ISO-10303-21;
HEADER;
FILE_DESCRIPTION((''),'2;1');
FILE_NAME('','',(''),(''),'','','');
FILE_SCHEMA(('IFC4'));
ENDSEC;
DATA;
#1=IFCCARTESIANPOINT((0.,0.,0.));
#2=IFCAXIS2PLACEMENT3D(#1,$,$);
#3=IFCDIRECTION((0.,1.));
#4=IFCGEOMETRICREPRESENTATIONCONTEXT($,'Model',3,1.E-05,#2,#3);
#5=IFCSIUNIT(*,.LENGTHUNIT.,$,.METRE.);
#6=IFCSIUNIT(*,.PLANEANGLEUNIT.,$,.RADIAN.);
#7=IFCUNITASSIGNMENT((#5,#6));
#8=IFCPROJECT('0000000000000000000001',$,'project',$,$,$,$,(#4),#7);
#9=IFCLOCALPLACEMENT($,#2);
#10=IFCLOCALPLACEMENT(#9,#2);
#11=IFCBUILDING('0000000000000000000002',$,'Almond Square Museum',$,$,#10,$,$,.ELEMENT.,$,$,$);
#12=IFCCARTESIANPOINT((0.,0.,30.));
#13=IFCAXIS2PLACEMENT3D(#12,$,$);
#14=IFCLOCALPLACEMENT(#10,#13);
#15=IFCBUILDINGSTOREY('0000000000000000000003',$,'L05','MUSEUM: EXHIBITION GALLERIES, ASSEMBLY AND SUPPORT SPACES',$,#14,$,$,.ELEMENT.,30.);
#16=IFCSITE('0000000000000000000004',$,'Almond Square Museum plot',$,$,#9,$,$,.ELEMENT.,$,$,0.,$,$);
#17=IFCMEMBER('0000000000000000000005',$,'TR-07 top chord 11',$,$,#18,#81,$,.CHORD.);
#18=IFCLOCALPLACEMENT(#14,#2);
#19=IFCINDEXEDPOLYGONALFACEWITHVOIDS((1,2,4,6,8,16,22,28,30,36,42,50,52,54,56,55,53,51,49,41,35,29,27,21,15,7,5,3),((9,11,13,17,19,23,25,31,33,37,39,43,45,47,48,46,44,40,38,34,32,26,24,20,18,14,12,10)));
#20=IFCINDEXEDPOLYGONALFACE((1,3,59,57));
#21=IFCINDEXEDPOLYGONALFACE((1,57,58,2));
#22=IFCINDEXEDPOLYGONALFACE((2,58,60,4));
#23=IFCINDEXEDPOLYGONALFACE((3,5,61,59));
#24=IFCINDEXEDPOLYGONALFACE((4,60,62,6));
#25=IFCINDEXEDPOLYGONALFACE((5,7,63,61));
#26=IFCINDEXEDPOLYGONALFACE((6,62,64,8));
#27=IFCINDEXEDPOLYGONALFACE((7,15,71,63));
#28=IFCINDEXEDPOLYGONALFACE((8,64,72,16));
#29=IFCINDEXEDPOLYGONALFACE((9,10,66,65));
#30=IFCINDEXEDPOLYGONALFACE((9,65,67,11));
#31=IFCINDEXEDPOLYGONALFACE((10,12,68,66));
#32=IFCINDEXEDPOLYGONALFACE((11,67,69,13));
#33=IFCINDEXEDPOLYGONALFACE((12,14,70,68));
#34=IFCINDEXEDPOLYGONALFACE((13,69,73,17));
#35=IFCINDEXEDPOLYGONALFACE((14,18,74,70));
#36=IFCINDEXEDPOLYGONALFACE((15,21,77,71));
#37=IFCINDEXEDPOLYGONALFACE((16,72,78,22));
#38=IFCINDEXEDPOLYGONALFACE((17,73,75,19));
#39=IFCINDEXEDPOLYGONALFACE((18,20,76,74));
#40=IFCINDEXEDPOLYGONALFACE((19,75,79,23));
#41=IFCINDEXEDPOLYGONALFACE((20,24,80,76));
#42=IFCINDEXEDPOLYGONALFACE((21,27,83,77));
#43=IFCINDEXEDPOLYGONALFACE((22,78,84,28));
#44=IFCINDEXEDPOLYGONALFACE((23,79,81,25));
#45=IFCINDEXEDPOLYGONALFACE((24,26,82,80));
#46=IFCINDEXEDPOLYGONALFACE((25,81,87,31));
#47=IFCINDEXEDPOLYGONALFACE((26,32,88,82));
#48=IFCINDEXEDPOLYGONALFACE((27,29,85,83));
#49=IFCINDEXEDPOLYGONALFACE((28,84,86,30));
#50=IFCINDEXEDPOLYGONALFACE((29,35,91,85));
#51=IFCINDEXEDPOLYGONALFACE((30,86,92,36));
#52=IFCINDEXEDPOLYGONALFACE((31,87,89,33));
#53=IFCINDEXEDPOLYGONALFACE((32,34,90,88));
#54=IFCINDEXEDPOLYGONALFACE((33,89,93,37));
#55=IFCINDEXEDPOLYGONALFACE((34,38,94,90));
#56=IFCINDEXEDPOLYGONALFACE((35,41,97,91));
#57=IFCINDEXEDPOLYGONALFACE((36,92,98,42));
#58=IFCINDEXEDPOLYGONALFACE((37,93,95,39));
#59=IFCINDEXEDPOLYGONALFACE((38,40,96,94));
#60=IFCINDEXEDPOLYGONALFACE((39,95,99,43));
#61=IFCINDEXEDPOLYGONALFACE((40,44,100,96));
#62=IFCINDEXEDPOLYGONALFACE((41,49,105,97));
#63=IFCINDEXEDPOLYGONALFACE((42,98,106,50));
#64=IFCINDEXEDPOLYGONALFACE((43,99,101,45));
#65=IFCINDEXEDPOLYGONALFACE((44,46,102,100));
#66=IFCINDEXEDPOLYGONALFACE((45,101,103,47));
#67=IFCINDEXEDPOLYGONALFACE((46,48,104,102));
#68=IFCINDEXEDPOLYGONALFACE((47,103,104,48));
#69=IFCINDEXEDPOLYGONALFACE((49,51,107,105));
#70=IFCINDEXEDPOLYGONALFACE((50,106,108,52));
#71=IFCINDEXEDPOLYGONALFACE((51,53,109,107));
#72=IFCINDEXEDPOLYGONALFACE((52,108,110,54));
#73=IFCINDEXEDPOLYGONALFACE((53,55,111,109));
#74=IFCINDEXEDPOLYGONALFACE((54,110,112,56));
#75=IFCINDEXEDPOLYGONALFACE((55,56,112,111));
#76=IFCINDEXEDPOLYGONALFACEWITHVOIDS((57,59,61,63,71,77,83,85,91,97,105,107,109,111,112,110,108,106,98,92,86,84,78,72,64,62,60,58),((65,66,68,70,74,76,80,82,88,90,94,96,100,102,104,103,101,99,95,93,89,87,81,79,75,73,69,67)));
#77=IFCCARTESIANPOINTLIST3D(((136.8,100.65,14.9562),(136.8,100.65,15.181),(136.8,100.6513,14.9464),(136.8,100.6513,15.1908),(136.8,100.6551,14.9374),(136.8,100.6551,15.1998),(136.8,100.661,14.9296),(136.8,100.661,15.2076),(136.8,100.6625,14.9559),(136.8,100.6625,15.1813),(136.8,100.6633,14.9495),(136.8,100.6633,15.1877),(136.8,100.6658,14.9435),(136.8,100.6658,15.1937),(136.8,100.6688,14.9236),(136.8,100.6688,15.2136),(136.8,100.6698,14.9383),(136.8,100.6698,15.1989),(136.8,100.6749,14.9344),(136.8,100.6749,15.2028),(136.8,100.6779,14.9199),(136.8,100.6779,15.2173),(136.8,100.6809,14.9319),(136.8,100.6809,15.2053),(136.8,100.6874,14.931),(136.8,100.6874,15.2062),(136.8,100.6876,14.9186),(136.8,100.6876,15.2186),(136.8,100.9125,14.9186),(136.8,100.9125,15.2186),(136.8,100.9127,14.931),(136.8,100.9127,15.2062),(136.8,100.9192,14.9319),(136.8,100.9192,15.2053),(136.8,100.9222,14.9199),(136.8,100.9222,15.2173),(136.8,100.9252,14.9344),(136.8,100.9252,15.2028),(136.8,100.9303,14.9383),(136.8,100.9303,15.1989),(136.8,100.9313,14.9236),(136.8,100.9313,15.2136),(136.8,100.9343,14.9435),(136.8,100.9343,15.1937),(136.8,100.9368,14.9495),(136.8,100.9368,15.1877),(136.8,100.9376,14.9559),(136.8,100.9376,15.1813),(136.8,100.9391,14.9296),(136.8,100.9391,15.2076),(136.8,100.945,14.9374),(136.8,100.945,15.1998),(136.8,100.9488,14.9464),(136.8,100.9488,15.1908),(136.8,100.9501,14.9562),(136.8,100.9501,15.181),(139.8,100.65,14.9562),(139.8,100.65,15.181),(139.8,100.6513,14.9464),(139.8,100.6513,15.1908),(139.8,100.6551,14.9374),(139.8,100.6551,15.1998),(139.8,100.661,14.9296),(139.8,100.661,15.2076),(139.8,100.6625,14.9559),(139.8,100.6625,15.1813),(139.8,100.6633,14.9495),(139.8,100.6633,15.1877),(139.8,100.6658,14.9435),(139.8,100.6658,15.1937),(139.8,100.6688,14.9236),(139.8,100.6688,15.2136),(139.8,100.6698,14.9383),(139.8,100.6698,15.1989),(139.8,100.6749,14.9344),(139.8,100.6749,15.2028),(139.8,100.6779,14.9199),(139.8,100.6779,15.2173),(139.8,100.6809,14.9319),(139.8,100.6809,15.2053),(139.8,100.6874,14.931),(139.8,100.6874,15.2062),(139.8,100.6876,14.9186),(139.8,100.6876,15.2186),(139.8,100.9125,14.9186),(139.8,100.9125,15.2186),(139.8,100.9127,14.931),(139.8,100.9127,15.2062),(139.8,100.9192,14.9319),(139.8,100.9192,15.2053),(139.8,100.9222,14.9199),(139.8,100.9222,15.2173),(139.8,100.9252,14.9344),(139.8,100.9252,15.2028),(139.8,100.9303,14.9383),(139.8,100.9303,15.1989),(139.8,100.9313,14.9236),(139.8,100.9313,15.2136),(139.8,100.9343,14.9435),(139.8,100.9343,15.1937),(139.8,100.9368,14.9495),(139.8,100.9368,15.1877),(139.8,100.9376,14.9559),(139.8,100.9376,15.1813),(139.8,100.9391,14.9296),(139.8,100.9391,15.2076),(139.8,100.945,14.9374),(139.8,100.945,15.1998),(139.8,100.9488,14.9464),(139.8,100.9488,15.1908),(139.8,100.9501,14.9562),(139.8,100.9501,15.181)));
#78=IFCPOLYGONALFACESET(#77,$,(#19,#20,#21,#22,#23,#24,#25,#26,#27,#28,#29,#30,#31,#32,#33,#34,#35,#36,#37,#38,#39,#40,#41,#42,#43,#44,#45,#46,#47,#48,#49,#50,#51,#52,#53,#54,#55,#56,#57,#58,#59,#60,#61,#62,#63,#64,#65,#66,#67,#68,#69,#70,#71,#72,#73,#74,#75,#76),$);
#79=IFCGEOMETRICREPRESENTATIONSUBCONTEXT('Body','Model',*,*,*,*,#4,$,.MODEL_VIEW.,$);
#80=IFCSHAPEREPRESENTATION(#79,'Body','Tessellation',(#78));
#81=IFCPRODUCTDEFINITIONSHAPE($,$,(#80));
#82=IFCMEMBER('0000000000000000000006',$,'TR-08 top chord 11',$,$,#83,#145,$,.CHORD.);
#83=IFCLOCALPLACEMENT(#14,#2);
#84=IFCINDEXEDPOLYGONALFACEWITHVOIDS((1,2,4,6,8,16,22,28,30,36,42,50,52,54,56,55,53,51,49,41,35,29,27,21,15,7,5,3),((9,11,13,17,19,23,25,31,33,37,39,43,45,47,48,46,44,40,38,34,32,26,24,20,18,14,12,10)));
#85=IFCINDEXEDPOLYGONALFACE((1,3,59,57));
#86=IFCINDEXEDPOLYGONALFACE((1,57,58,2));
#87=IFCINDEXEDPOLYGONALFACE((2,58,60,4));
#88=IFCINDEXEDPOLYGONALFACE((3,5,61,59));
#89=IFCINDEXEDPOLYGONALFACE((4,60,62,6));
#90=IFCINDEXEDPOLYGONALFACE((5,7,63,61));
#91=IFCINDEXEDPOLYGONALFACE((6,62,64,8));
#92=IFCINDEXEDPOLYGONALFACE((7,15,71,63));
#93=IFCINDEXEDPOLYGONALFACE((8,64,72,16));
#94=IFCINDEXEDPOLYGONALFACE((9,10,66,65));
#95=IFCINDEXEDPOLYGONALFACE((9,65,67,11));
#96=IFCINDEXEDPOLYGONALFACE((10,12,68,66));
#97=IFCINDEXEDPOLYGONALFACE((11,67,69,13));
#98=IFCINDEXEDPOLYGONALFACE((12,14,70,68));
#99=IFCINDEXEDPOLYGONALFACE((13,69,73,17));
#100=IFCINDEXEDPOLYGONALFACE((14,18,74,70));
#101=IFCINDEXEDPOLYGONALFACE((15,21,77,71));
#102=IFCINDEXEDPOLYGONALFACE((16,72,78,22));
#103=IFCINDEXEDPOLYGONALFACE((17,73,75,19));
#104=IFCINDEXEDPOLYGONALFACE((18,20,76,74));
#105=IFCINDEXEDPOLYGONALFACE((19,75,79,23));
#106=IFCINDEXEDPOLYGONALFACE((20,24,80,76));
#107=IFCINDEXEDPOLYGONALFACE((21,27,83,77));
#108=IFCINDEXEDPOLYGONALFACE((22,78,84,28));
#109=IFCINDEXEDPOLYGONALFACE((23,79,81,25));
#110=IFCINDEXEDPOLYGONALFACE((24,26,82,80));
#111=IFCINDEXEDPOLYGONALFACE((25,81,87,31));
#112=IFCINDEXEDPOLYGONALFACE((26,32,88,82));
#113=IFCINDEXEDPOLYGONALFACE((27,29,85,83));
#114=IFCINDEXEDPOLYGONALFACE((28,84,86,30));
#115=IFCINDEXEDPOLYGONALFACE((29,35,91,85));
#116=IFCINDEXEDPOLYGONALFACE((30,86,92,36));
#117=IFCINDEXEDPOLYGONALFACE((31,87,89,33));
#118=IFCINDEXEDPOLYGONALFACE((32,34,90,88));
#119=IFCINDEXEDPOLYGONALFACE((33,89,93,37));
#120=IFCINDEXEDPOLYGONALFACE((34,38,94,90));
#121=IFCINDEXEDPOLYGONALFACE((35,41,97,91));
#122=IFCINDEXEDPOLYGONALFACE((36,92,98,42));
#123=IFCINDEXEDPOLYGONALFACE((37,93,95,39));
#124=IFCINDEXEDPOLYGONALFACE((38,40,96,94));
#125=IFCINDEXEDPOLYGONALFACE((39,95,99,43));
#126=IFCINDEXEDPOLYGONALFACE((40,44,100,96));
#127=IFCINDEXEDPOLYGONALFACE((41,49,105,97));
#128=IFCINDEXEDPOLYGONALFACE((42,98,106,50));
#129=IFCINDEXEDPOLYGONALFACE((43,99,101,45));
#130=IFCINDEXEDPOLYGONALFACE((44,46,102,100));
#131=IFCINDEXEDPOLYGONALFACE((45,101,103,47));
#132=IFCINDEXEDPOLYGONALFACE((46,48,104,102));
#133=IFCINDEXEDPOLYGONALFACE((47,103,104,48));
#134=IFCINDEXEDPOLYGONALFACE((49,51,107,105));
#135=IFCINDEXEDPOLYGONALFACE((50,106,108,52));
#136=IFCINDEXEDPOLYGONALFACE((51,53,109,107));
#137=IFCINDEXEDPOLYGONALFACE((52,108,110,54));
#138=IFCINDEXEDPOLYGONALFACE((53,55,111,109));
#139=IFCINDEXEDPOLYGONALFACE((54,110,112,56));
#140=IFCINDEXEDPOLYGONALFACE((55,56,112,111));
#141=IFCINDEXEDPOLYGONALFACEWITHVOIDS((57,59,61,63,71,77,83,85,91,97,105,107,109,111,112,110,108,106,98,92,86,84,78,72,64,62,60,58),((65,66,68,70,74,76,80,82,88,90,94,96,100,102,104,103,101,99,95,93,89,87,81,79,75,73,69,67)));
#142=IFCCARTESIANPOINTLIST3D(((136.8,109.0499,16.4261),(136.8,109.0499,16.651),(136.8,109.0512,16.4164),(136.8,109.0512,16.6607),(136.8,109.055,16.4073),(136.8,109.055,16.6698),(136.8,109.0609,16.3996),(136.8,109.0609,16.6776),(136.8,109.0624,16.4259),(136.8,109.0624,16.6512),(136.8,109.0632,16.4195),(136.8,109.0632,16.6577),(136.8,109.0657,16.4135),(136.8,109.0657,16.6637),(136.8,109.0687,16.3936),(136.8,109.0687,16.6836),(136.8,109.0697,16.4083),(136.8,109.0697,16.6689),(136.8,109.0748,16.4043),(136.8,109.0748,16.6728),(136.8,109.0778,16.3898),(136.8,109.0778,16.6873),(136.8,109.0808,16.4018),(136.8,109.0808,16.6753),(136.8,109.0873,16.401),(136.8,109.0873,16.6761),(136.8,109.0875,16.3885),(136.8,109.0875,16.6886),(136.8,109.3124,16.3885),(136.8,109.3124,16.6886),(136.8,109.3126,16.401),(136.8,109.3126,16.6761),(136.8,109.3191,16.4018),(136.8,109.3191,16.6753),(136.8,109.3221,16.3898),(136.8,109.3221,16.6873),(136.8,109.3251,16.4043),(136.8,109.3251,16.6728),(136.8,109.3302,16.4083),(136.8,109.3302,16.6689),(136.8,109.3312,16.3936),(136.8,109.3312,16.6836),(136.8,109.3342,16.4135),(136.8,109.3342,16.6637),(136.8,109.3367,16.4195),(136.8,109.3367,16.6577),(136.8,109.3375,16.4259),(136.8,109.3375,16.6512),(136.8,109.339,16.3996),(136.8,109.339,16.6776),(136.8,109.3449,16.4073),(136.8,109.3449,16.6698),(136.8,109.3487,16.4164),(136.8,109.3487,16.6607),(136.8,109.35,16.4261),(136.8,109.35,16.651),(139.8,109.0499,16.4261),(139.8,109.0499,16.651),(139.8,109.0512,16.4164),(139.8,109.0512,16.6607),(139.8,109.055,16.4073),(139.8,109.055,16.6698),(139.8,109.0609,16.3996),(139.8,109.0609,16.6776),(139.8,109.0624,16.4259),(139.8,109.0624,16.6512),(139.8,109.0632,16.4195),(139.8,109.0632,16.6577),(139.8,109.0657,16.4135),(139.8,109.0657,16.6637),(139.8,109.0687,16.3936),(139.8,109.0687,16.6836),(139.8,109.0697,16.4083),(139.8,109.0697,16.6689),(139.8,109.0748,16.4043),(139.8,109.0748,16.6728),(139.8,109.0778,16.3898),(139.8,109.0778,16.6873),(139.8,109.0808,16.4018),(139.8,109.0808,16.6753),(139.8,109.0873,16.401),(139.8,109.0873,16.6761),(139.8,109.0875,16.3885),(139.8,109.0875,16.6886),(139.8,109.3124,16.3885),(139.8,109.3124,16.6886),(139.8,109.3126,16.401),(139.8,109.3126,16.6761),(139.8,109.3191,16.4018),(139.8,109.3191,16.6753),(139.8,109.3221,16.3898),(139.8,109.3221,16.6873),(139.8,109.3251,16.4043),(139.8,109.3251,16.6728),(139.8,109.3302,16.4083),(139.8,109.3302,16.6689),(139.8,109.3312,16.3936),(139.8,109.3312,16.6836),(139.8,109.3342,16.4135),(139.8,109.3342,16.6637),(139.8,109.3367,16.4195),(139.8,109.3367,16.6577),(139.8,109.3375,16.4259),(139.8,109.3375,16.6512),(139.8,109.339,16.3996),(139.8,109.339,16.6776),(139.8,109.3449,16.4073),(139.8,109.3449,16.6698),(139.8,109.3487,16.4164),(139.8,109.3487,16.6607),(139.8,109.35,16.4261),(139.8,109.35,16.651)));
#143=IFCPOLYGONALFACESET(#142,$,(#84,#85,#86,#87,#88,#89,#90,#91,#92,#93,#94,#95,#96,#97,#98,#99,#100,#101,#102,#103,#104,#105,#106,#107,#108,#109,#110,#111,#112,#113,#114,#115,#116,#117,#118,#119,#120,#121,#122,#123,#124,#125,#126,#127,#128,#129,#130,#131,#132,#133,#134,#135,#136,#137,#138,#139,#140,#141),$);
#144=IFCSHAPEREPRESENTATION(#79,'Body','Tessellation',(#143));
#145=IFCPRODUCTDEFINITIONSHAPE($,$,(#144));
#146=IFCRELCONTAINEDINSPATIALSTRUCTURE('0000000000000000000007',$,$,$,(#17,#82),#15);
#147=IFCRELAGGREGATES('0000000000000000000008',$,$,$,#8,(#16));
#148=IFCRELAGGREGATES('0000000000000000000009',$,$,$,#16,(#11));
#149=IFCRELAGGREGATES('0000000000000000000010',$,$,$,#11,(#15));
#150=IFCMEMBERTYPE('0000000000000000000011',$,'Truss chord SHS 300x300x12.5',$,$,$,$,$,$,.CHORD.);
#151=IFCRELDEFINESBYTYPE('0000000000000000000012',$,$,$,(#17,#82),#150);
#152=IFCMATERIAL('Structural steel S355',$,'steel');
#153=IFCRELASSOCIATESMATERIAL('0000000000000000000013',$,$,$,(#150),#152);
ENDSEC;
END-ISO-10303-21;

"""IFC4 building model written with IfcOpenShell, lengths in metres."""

from ifc_helpers import new_model, si_unit, direction, frame, origin, origin_2d, place, context, subcontext, project, spatial, hollow_rectangle, extrude, material, material_profile, profile_set, type_object, element, save


model = new_model("IFC4")

# Units and contexts
model_context = context("Model", 3, precision=1e-05, world=origin(), true_north=direction((0.0, 1.0)))
body_context = subcontext(model_context, "Body", "Model", "MODEL_VIEW")
ifc_project = project(units=[si_unit("LENGTHUNIT", "METRE"), si_unit("PLANEANGLEUNIT", "RADIAN")], contexts=[model_context])

# Site, building, storey
site_placement = place(None, origin())
site = spatial("IfcSite", under=ifc_project, at=site_placement, Name="Almond Square Museum plot", CompositionType="ELEMENT", RefElevation=0.0)
building_placement = place(site_placement, origin())
building = spatial("IfcBuilding", under=site, at=building_placement, Name="Almond Square Museum", CompositionType="ELEMENT")
storey_placement = place(building_placement, frame((0.0, 0.0, 30.0)))
storey = spatial("IfcBuildingStorey", under=building, at=storey_placement, Name="L05", Description="MUSEUM: EXHIBITION GALLERIES, ASSEMBLY AND SUPPORT SPACES", CompositionType="ELEMENT", Elevation=30.0)

# Members
ifc_material_1 = material(Name="Structural steel S355", Category="steel")
ifc_material_profile_1 = material_profile(ifc_material_1, hollow_rectangle(XDim=0.3, YDim=0.3, WallThickness=0.0125, InnerFilletRadius=0.0249, OuterFilletRadius=0.0376, at=origin_2d()))
ifc_profile_set_1 = profile_set([ifc_material_profile_1], Name="Structural steel S355")
member_type_1 = type_object("IfcMemberType", Name="Truss chord SHS 300x300x12.5", PredefinedType="CHORD", material=ifc_profile_set_1)
for number, where, z_axis, x_axis, name in (
    (1, (136.8, 100.8, 15.0686), (1.0, 0.0, 0.0), (0.0, 1.0, 0.0), "TR-07 top chord 11"),
    (2, (136.8, 109.2, 16.5386), (1.0, 0.0, 0.0), (0.0, 1.0, 0.0), "TR-08 top chord 11"),
):
    element("IfcMember", number, at=place(storey_placement, frame(where, z_axis=z_axis, x_axis=x_axis)), inside=storey, type_object=member_type_1, Name=name, PredefinedType="CHORD", context=body_context, shape_type="SweptSolid", body=[
        extrude(hollow_rectangle(XDim=0.3, YDim=0.3, WallThickness=0.0125, InnerFilletRadius=0.0249, OuterFilletRadius=0.0376, at=origin_2d()), origin(), (0.0, 0.0, 1.0), 3.0),
    ])

save(model, "model.ifc")
